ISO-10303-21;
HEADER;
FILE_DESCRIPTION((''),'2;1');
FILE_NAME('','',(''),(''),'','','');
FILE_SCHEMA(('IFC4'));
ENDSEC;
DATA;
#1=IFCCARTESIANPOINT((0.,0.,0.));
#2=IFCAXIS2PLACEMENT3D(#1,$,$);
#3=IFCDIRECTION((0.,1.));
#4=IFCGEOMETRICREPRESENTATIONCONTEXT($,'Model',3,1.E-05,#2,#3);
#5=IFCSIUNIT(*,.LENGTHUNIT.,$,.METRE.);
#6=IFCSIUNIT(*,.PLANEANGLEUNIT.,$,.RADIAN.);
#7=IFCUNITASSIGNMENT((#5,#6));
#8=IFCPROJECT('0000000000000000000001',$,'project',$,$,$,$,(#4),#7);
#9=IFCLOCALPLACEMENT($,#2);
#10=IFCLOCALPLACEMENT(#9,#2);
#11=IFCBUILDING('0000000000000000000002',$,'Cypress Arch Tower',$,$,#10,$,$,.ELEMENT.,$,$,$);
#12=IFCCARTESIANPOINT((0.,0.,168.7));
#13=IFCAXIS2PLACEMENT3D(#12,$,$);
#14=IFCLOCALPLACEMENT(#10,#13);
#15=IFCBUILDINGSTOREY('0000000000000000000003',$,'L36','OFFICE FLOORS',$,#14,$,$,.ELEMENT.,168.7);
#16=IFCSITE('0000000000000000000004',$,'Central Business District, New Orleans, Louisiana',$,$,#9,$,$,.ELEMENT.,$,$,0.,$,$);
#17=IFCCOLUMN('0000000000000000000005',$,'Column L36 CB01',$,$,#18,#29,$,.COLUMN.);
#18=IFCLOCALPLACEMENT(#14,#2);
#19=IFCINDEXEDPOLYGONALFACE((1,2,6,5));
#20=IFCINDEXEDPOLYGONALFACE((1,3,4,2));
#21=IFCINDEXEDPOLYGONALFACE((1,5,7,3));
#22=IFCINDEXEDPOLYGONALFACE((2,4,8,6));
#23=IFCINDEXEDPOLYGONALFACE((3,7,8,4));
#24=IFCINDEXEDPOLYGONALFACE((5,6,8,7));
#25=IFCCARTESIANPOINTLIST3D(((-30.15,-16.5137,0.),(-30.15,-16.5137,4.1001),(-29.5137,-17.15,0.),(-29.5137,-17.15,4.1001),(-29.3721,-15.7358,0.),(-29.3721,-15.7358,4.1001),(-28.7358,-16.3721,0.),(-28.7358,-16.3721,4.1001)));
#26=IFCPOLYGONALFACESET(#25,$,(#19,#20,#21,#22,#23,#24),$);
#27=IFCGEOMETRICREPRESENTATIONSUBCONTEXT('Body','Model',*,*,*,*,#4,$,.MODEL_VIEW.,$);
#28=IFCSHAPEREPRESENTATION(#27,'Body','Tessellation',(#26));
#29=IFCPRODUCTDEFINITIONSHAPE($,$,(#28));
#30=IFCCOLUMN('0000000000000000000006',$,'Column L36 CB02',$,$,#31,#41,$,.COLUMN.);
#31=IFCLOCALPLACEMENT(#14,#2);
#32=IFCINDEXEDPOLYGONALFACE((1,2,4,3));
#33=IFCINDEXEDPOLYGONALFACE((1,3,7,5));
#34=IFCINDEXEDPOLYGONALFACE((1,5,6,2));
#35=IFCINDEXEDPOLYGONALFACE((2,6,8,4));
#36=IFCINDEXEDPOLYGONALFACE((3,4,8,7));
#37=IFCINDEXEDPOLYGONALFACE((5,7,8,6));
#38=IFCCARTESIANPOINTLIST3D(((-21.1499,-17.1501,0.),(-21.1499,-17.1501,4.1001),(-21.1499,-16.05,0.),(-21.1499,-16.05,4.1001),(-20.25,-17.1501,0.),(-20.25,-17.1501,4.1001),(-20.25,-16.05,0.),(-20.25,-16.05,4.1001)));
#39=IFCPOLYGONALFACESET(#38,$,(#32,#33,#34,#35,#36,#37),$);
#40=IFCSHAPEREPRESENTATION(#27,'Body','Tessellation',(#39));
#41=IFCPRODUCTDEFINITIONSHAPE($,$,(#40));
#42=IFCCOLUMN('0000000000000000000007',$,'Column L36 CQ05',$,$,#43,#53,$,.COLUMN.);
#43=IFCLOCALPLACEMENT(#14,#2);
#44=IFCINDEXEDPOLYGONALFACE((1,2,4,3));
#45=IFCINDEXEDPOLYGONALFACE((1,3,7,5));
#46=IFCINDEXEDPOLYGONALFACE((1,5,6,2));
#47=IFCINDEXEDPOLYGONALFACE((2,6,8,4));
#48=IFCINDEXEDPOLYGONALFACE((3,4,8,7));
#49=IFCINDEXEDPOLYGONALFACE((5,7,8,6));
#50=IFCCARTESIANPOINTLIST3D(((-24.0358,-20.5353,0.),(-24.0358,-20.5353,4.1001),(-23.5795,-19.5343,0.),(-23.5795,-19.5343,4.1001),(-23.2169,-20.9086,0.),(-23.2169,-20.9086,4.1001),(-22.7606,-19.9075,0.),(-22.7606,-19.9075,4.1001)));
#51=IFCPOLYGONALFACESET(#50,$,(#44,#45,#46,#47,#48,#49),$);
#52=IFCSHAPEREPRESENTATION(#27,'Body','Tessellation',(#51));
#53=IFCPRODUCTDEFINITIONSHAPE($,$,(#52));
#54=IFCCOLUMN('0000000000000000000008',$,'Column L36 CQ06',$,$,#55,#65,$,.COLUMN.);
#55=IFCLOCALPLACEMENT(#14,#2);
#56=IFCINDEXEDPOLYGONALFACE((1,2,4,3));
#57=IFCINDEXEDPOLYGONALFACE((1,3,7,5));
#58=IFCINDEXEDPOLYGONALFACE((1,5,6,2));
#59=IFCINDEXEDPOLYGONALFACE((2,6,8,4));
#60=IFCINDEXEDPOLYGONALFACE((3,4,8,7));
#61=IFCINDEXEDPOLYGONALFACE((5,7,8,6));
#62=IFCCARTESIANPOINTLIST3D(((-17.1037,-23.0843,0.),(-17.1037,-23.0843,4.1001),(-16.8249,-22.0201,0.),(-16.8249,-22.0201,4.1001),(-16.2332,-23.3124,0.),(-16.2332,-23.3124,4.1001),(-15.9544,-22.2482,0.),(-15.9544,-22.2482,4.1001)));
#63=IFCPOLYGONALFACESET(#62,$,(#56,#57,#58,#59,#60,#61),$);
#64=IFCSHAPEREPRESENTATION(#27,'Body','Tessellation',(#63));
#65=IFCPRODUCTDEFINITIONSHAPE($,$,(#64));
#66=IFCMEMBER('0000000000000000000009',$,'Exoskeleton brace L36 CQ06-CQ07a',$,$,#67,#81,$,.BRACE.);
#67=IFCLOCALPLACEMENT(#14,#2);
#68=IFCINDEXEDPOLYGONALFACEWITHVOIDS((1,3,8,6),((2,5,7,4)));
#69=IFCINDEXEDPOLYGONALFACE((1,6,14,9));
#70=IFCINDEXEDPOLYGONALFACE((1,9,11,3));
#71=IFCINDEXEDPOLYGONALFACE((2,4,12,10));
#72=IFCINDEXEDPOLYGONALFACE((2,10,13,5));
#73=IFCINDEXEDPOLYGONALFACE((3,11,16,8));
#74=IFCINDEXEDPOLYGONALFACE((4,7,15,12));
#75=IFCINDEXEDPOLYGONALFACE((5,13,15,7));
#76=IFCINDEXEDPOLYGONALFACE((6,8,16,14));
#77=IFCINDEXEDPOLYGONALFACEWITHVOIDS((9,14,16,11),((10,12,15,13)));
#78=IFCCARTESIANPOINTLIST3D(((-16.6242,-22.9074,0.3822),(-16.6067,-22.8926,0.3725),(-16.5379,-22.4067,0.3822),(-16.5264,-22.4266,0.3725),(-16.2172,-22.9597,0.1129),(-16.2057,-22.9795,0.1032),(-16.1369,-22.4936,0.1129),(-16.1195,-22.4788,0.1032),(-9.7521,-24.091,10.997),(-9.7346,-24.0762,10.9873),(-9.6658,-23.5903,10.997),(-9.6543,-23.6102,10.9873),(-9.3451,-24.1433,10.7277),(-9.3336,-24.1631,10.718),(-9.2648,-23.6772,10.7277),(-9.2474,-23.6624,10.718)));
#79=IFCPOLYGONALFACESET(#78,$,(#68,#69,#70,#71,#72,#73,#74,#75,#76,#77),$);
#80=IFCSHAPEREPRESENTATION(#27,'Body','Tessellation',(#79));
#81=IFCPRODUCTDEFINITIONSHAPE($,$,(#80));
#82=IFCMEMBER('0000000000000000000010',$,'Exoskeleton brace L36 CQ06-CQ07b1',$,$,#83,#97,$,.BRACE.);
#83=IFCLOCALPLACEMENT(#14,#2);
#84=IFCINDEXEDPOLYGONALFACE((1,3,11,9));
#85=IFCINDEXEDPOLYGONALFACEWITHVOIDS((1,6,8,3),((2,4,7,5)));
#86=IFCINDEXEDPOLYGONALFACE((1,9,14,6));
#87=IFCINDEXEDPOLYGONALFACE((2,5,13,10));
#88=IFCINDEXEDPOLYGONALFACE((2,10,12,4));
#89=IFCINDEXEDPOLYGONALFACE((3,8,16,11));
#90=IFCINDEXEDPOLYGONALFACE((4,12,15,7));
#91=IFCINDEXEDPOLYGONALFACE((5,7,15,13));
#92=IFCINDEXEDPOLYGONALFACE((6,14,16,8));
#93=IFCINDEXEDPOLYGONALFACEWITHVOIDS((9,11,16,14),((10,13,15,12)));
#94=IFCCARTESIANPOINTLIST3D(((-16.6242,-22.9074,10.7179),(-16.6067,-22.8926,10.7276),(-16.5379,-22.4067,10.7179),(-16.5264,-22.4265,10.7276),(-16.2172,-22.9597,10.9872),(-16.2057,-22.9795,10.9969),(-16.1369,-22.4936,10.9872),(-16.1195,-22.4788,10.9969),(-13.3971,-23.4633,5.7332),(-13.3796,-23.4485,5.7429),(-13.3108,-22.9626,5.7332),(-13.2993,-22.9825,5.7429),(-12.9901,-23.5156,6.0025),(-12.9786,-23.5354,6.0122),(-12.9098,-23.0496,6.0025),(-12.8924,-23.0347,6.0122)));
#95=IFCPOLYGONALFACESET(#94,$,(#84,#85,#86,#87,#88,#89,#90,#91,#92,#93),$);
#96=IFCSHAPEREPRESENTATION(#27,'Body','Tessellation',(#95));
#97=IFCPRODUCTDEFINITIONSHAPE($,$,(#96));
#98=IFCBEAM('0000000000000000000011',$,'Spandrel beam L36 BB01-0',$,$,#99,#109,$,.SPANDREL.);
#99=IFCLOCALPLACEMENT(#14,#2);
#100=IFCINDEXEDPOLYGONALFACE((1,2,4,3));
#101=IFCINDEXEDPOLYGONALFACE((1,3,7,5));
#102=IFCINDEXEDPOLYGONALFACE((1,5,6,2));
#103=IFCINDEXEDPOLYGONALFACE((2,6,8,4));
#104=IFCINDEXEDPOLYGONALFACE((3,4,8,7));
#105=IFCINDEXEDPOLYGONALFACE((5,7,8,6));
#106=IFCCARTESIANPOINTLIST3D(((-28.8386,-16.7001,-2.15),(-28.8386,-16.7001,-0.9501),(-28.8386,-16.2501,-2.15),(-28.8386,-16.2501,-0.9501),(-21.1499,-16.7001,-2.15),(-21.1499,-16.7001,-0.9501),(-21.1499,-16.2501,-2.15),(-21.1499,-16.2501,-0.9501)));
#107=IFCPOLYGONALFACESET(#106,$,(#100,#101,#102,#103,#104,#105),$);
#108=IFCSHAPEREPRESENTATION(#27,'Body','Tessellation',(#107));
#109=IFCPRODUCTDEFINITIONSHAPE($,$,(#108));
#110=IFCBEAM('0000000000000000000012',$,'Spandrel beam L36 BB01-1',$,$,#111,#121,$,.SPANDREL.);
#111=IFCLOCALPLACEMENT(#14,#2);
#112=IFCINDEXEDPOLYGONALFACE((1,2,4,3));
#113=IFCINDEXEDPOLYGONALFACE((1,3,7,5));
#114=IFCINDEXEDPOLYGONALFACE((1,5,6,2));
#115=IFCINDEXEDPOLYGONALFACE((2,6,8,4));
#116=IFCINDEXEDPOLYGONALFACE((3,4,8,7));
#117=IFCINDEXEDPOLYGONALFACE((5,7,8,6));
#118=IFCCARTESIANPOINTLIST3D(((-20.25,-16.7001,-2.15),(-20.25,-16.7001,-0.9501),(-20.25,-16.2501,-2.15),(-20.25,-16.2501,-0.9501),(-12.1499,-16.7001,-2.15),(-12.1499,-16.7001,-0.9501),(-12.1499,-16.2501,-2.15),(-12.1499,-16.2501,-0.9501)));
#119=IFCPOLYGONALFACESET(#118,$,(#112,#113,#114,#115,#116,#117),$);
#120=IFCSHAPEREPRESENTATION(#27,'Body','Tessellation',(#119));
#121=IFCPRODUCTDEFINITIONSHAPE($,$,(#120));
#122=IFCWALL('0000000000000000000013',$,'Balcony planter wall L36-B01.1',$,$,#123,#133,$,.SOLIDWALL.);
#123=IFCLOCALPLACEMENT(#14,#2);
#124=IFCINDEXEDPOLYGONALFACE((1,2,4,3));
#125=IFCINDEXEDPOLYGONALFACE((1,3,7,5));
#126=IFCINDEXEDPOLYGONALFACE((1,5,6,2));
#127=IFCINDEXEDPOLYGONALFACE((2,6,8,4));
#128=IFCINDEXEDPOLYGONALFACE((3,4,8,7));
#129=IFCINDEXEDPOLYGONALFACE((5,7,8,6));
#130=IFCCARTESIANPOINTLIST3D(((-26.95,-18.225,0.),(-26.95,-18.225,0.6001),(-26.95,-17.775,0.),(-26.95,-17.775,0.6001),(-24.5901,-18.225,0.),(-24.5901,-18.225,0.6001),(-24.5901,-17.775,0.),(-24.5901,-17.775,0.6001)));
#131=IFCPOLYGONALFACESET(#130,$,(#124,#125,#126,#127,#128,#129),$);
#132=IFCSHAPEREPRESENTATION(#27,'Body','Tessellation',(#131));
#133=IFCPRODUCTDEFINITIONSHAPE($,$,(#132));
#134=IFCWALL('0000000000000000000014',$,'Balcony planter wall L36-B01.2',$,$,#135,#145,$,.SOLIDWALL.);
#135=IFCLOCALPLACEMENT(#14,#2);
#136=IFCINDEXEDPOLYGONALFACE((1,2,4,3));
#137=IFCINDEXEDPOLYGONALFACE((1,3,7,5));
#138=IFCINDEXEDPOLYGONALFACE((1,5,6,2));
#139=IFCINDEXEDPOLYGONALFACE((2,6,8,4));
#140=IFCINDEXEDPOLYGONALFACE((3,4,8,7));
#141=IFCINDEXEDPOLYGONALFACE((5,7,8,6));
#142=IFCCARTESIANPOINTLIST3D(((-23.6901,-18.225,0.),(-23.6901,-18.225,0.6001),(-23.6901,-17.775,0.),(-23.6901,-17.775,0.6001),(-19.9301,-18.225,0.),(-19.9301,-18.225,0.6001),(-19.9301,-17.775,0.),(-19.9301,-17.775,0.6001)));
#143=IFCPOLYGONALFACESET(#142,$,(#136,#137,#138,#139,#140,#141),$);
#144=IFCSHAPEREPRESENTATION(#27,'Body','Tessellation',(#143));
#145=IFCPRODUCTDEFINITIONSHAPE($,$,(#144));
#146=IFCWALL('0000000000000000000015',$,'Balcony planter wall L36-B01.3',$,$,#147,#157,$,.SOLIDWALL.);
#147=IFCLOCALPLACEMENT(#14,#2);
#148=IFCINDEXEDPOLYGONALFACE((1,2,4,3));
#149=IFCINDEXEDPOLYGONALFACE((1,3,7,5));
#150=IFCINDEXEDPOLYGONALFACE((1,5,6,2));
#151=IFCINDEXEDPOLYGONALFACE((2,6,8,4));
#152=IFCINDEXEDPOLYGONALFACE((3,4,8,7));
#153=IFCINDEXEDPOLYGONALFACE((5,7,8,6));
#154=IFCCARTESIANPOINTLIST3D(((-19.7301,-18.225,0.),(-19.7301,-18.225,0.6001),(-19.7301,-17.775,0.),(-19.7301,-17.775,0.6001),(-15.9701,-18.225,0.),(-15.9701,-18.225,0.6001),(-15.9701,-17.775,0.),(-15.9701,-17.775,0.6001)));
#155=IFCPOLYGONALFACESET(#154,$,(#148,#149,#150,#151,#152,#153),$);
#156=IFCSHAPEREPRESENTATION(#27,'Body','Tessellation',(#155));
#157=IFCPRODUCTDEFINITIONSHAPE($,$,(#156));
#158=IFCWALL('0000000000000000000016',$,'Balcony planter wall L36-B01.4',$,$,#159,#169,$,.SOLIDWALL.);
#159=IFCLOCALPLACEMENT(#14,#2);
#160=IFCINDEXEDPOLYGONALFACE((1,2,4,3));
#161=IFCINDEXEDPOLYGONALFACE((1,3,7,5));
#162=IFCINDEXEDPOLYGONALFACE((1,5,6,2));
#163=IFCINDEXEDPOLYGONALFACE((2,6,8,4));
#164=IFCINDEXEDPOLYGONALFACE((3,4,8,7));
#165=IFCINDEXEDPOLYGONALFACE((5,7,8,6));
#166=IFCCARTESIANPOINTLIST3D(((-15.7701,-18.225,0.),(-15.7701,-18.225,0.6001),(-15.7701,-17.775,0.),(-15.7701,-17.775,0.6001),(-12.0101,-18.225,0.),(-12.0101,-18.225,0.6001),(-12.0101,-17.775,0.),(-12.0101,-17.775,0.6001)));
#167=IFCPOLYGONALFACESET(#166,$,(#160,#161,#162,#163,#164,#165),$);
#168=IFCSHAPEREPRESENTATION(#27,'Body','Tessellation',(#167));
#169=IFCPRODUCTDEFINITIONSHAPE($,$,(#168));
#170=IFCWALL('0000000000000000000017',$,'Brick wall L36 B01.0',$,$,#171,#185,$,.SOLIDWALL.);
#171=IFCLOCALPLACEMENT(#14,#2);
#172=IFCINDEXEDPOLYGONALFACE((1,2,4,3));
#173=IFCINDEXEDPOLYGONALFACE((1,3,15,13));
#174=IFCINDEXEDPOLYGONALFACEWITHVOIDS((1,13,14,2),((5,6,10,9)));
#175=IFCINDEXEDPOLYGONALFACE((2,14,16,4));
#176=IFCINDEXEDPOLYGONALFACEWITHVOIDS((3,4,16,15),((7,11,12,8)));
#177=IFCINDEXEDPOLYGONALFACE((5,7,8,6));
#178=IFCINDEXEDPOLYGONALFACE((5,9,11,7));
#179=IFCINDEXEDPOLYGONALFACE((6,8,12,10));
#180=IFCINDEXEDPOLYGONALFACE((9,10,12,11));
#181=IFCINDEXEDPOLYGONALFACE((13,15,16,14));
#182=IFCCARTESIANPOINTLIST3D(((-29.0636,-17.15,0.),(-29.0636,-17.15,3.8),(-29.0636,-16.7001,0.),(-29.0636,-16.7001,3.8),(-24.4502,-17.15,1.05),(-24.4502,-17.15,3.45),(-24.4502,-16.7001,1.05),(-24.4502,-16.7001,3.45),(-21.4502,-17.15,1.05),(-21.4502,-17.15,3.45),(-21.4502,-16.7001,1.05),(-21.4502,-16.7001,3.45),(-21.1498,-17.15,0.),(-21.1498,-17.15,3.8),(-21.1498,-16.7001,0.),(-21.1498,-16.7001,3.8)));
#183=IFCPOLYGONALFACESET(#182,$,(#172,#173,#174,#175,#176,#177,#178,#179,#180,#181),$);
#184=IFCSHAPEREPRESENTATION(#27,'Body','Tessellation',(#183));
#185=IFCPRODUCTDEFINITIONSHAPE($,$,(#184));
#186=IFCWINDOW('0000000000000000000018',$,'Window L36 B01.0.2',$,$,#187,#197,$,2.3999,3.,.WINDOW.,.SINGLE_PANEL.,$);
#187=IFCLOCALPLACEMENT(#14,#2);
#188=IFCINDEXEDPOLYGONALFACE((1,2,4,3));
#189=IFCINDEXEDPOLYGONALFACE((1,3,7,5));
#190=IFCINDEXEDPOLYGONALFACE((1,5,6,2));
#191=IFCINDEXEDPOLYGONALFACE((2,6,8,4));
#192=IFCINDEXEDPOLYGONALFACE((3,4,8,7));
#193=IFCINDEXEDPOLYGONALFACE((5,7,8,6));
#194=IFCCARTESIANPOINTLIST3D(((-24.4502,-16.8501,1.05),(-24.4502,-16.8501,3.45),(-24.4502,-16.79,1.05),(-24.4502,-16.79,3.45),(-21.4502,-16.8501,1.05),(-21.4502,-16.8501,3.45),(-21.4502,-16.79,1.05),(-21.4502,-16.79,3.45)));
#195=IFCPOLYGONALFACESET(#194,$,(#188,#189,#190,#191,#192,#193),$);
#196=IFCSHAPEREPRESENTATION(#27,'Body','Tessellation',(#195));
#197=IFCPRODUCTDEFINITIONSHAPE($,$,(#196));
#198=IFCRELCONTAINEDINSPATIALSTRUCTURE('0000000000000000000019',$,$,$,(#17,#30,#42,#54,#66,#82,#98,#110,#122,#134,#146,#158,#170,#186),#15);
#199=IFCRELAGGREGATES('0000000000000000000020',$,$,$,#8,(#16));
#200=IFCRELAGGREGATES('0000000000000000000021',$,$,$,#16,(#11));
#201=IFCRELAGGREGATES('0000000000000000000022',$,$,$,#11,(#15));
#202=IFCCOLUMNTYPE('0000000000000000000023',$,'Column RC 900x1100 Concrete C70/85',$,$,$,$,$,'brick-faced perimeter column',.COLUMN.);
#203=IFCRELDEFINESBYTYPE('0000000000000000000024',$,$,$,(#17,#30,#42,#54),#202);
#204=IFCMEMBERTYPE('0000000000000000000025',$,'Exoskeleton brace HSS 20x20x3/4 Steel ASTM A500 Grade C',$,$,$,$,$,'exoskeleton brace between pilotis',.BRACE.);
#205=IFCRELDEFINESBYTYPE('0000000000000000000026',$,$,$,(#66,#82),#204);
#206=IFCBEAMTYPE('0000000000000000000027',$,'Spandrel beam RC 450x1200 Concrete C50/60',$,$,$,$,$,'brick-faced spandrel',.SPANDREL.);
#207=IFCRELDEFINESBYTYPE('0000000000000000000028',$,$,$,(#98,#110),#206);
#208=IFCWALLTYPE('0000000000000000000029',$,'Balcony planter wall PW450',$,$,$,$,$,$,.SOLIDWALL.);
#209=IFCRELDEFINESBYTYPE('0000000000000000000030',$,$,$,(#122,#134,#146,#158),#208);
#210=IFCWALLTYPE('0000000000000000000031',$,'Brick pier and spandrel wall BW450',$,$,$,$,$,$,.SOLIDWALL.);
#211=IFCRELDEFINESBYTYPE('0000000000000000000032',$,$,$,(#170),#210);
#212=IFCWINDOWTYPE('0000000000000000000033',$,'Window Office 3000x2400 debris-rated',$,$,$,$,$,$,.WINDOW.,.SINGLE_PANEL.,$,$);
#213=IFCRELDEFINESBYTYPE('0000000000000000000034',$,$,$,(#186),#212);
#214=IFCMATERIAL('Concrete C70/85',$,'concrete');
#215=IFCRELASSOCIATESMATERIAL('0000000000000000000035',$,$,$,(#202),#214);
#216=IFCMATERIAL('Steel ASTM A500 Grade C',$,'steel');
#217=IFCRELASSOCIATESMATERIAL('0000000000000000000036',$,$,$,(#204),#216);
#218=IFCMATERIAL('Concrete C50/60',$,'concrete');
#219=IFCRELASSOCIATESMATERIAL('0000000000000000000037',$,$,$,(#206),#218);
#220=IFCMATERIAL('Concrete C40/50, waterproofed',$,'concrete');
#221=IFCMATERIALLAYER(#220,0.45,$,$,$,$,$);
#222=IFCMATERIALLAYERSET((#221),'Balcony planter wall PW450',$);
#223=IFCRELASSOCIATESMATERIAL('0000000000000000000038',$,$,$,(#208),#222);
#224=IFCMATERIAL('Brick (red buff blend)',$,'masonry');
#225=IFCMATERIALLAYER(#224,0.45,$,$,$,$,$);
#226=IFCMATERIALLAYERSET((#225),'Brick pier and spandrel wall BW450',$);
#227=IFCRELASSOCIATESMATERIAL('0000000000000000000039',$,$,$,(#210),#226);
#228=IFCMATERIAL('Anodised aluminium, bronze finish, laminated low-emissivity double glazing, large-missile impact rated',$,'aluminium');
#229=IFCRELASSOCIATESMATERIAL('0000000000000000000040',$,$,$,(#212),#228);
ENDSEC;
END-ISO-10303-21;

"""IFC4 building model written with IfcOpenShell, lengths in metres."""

from ifc_helpers import new_model, si_unit, direction, frame, frame_2d, origin, origin_2d, place, context, subcontext, project, spatial, rectangle, hollow_rectangle, extrude, material, layer, layer_set, material_profile, profile_set, type_object, element, fill, save


model = new_model("IFC4")

# Units and contexts
model_context = context("Model", 3, precision=1e-05, world=origin(), true_north=direction((0.0, 1.0)))
body_context = subcontext(model_context, "Body", "Model", "MODEL_VIEW")
ifc_project = project(units=[si_unit("LENGTHUNIT", "METRE"), si_unit("PLANEANGLEUNIT", "RADIAN")], contexts=[model_context])

# Site, building, storey
site_placement = place(None, origin())
site = spatial("IfcSite", under=ifc_project, at=site_placement, Name="Central Business District, New Orleans, Louisiana", CompositionType="ELEMENT", RefElevation=0.0)
building_placement = place(site_placement, origin())
building = spatial("IfcBuilding", under=site, at=building_placement, Name="Cypress Arch Tower", CompositionType="ELEMENT")
storey_placement = place(building_placement, frame((0.0, 0.0, 168.7)))
storey = spatial("IfcBuildingStorey", under=building, at=storey_placement, Name="L36", Description="OFFICE FLOORS", CompositionType="ELEMENT", Elevation=168.7)

# Columns
ifc_material_1 = material(Name="Concrete C70/85", Category="concrete")
ifc_material_profile_1 = material_profile(ifc_material_1, rectangle(XDim=0.8999, YDim=1.1001, at=origin_2d()), Name="RC 900x1100")
ifc_profile_set_1 = profile_set([ifc_material_profile_1], Name="Concrete C70/85")
column_type = type_object("IfcColumnType", Name="Column RC 900x1100 Concrete C70/85", ElementType="brick-faced perimeter column", PredefinedType="COLUMN", material=ifc_profile_set_1)
for number, where, z_axis, x_axis, name in (
    (1, (-29.4429, -16.4429, 0.0), (0.0, 0.0, 1.0), (0.707107, -0.707107, 0.0), "Column L36 CB01"),
    (2, (-20.7, -16.6001, 0.0), (0.0, 0.0, 1.0), (1.0, 0.0, 0.0), "Column L36 CB02"),
    (3, (-23.3982, -20.2214, 0.0), (0.0, 0.0, 1.0), (0.909932, -0.414757, 0.0), "Column L36 CQ05"),
    (4, (-16.5291, -22.6663, 0.0), (0.0, 0.0, 1.0), (0.967356, -0.253422, 0.0), "Column L36 CQ06"),
):
    element("IfcColumn", number, at=place(storey_placement, frame(where, z_axis=z_axis, x_axis=x_axis)), inside=storey, type_object=column_type, Name=name, PredefinedType="COLUMN", context=body_context, shape_type="SweptSolid", body=[
        extrude(rectangle(XDim=0.8999, YDim=1.1001, at=origin_2d()), origin(), (0.0, 0.0, 1.0), 4.1001),
    ])

# Members
ifc_material_2 = material(Name="Steel ASTM A500 Grade C", Category="steel")
ifc_material_profile_2 = material_profile(ifc_material_2, hollow_rectangle(XDim=0.5081, YDim=0.5081, WallThickness=0.0176, at=origin_2d()), Name="HSS 20x20x3/4")
ifc_profile_set_2 = profile_set([ifc_material_profile_2], Name="Steel ASTM A500 Grade C")
member_type = type_object("IfcMemberType", Name="Exoskeleton brace HSS 20x20x3/4 Steel ASTM A500 Grade C", ElementType="exoskeleton brace between pilotis", PredefinedType="BRACE", material=ifc_profile_set_2)
member_1_placement = place(storey_placement, frame((-16.3718, -22.6931, 0.2427), z_axis=(0.541093, -0.093194, 0.835783), x_axis=(0.169733, 0.98549, 0.0)))
element("IfcMember", 5, at=member_1_placement, inside=storey, type_object=member_type, Name="Exoskeleton brace L36 CQ06-CQ07a", PredefinedType="BRACE", context=body_context, shape_type="SweptSolid", body=[
    extrude(hollow_rectangle(XDim=0.5081, YDim=0.5081, WallThickness=0.0176, at=origin_2d()), origin(), (0.0, 0.0, 1.0), 12.7004),
])
member_2_placement = place(storey_placement, frame((-16.3718, -22.6931, 10.8574), z_axis=(0.541088, -0.093211, -0.835784), x_axis=(0.169765, 0.985485, 0.0)))
element("IfcMember", 6, at=member_2_placement, inside=storey, type_object=member_type, Name="Exoskeleton brace L36 CQ06-CQ07b1", PredefinedType="BRACE", context=body_context, shape_type="SweptSolid", body=[
    extrude(hollow_rectangle(XDim=0.5081, YDim=0.5081, WallThickness=0.0176, at=origin_2d()), origin(), (0.0, 0.0, 1.0), 5.9641),
])

# Beams
ifc_material_3 = material(Name="Concrete C50/60", Category="concrete")
ifc_material_profile_3 = material_profile(ifc_material_3, rectangle(XDim=0.45, YDim=1.2, at=origin_2d()), Name="RC 450x1200")
ifc_profile_set_3 = profile_set([ifc_material_profile_3], Name="Concrete C50/60")
beam_type = type_object("IfcBeamType", Name="Spandrel beam RC 450x1200 Concrete C50/60", ElementType="brick-faced spandrel", PredefinedType="SPANDREL", material=ifc_profile_set_3)
beam_1_placement = place(storey_placement, frame((-28.8386, -16.4751, -1.55), z_axis=(1.0, 0.0, 0.0), x_axis=(0.0, 1.0, 0.0)))
element("IfcBeam", 7, at=beam_1_placement, inside=storey, type_object=beam_type, Name="Spandrel beam L36 BB01-0", PredefinedType="SPANDREL", context=body_context, shape_type="SweptSolid", body=[
    extrude(rectangle(XDim=0.45, YDim=1.2, at=origin_2d()), origin(), (0.0, 0.0, 1.0), 7.6887),
])
beam_2_placement = place(storey_placement, frame((-20.25, -16.4751, -1.55), z_axis=(1.0, 0.0, 0.0), x_axis=(0.0, 1.0, 0.0)))
element("IfcBeam", 8, at=beam_2_placement, inside=storey, type_object=beam_type, Name="Spandrel beam L36 BB01-1", PredefinedType="SPANDREL", context=body_context, shape_type="SweptSolid", body=[
    extrude(rectangle(XDim=0.45, YDim=1.2, at=origin_2d()), origin(), (0.0, 0.0, 1.0), 8.1001),
])

# Walls
ifc_material_4 = material(Name="Concrete C40/50, waterproofed", Category="concrete")
ifc_layer_1 = layer(ifc_material_4, 0.45)
ifc_layer_set_1 = layer_set([ifc_layer_1], Name="Balcony planter wall PW450")
wall_type_1 = type_object("IfcWallType", Name="Balcony planter wall PW450", PredefinedType="SOLIDWALL", material=ifc_layer_set_1)
wall_1_placement = place(storey_placement, frame((-26.95, -18.0, 0.0), z_axis=(0.0, 0.0, 1.0), x_axis=(1.0, 0.0, 0.0)))
element("IfcWall", 9, at=wall_1_placement, inside=storey, type_object=wall_type_1, Name="Balcony planter wall L36-B01.1", PredefinedType="SOLIDWALL", context=body_context, shape_type="SweptSolid", body=[
    extrude(rectangle(XDim=2.3599, YDim=0.45, at=frame_2d((1.1799, 0.0))), origin(), (0.0, 0.0, 1.0), 0.6001),
])
for number, where, z_axis, x_axis, name in (
    (10, (-23.6899, -18.0, 0.0), (0.0, 0.0, 1.0), (1.0, 0.0, 0.0), "Balcony planter wall L36-B01.2"),
    (11, (-19.73, -18.0, 0.0), (0.0, 0.0, 1.0), (1.0, 0.0, 0.0), "Balcony planter wall L36-B01.3"),
    (12, (-15.77, -18.0, 0.0), (0.0, 0.0, 1.0), (1.0, 0.0, 0.0), "Balcony planter wall L36-B01.4"),
):
    element("IfcWall", number, at=place(storey_placement, frame(where, z_axis=z_axis, x_axis=x_axis)), inside=storey, type_object=wall_type_1, Name=name, PredefinedType="SOLIDWALL", context=body_context, shape_type="SweptSolid", body=[
        extrude(rectangle(XDim=3.76, YDim=0.45, at=frame_2d((1.8799, 0.0))), origin(), (0.0, 0.0, 1.0), 0.6001),
    ])

# Wall, opening, window
ifc_material_5 = material(Name="Brick (red buff blend)", Category="masonry")
ifc_layer_2 = layer(ifc_material_5, 0.45)
ifc_layer_set_2 = layer_set([ifc_layer_2], Name="Brick pier and spandrel wall BW450")
wall_type_2 = type_object("IfcWallType", Name="Brick pier and spandrel wall BW450", PredefinedType="SOLIDWALL", material=ifc_layer_set_2)
wall_2_placement = place(storey_placement, frame((-29.0637, -16.925, 0.0), z_axis=(0.0, 0.0, 1.0), x_axis=(1.0, 0.0, 0.0)))
wall_2 = element("IfcWall", 13, at=wall_2_placement, inside=storey, type_object=wall_type_2, Name="Brick wall L36 B01.0", PredefinedType="SOLIDWALL", context=body_context, shape_type="SweptSolid", body=[
    extrude(rectangle(XDim=7.9138, YDim=0.45, at=frame_2d((3.957, 0.0))), origin(), (0.0, 0.0, 1.0), 3.8),
])
opening_1_placement = place(wall_2_placement, frame((4.6135, 0.0, 1.05)))
opening_1 = element("IfcOpeningElement", 14, at=opening_1_placement, cuts=wall_2, PredefinedType="OPENING", context=body_context, shape_type="SweptSolid", body=[
    extrude(rectangle(XDim=3.0, YDim=2.3999, at=frame_2d((1.5, 1.2))), frame((0.0, 0.2349, 0.0), z_axis=(0.0, -1.0, 0.0), x_axis=(1.0, 0.0, 0.0)), (0.0, 0.0, 1.0), 0.47),
])
ifc_material_6 = material(Name="Anodised aluminium, bronze finish, laminated low-emissivity double glazing, large-missile impact rated", Category="aluminium")
window_type = type_object("IfcWindowType", Name="Window Office 3000x2400 debris-rated", PartitioningType="SINGLE_PANEL", PredefinedType="WINDOW", material=ifc_material_6)
window_1_placement = place(opening_1_placement, origin())
window_1 = element("IfcWindow", 15, at=window_1_placement, inside=storey, type_object=window_type, Name="Window L36 B01.0.2", OverallHeight=2.3999, OverallWidth=3.0, PartitioningType="SINGLE_PANEL", PredefinedType="WINDOW", context=body_context, shape_type="SweptSolid", body=[
    extrude(rectangle(XDim=3.0, YDim=2.3999, at=frame_2d((1.5, 1.2))), frame((0.0, 0.135, 0.0), z_axis=(0.0, -1.0, 0.0), x_axis=(1.0, 0.0, 0.0)), (0.0, 0.0, 1.0), 0.0601),
])
fill(opening_1, window_1)

save(model, "model.ifc")
